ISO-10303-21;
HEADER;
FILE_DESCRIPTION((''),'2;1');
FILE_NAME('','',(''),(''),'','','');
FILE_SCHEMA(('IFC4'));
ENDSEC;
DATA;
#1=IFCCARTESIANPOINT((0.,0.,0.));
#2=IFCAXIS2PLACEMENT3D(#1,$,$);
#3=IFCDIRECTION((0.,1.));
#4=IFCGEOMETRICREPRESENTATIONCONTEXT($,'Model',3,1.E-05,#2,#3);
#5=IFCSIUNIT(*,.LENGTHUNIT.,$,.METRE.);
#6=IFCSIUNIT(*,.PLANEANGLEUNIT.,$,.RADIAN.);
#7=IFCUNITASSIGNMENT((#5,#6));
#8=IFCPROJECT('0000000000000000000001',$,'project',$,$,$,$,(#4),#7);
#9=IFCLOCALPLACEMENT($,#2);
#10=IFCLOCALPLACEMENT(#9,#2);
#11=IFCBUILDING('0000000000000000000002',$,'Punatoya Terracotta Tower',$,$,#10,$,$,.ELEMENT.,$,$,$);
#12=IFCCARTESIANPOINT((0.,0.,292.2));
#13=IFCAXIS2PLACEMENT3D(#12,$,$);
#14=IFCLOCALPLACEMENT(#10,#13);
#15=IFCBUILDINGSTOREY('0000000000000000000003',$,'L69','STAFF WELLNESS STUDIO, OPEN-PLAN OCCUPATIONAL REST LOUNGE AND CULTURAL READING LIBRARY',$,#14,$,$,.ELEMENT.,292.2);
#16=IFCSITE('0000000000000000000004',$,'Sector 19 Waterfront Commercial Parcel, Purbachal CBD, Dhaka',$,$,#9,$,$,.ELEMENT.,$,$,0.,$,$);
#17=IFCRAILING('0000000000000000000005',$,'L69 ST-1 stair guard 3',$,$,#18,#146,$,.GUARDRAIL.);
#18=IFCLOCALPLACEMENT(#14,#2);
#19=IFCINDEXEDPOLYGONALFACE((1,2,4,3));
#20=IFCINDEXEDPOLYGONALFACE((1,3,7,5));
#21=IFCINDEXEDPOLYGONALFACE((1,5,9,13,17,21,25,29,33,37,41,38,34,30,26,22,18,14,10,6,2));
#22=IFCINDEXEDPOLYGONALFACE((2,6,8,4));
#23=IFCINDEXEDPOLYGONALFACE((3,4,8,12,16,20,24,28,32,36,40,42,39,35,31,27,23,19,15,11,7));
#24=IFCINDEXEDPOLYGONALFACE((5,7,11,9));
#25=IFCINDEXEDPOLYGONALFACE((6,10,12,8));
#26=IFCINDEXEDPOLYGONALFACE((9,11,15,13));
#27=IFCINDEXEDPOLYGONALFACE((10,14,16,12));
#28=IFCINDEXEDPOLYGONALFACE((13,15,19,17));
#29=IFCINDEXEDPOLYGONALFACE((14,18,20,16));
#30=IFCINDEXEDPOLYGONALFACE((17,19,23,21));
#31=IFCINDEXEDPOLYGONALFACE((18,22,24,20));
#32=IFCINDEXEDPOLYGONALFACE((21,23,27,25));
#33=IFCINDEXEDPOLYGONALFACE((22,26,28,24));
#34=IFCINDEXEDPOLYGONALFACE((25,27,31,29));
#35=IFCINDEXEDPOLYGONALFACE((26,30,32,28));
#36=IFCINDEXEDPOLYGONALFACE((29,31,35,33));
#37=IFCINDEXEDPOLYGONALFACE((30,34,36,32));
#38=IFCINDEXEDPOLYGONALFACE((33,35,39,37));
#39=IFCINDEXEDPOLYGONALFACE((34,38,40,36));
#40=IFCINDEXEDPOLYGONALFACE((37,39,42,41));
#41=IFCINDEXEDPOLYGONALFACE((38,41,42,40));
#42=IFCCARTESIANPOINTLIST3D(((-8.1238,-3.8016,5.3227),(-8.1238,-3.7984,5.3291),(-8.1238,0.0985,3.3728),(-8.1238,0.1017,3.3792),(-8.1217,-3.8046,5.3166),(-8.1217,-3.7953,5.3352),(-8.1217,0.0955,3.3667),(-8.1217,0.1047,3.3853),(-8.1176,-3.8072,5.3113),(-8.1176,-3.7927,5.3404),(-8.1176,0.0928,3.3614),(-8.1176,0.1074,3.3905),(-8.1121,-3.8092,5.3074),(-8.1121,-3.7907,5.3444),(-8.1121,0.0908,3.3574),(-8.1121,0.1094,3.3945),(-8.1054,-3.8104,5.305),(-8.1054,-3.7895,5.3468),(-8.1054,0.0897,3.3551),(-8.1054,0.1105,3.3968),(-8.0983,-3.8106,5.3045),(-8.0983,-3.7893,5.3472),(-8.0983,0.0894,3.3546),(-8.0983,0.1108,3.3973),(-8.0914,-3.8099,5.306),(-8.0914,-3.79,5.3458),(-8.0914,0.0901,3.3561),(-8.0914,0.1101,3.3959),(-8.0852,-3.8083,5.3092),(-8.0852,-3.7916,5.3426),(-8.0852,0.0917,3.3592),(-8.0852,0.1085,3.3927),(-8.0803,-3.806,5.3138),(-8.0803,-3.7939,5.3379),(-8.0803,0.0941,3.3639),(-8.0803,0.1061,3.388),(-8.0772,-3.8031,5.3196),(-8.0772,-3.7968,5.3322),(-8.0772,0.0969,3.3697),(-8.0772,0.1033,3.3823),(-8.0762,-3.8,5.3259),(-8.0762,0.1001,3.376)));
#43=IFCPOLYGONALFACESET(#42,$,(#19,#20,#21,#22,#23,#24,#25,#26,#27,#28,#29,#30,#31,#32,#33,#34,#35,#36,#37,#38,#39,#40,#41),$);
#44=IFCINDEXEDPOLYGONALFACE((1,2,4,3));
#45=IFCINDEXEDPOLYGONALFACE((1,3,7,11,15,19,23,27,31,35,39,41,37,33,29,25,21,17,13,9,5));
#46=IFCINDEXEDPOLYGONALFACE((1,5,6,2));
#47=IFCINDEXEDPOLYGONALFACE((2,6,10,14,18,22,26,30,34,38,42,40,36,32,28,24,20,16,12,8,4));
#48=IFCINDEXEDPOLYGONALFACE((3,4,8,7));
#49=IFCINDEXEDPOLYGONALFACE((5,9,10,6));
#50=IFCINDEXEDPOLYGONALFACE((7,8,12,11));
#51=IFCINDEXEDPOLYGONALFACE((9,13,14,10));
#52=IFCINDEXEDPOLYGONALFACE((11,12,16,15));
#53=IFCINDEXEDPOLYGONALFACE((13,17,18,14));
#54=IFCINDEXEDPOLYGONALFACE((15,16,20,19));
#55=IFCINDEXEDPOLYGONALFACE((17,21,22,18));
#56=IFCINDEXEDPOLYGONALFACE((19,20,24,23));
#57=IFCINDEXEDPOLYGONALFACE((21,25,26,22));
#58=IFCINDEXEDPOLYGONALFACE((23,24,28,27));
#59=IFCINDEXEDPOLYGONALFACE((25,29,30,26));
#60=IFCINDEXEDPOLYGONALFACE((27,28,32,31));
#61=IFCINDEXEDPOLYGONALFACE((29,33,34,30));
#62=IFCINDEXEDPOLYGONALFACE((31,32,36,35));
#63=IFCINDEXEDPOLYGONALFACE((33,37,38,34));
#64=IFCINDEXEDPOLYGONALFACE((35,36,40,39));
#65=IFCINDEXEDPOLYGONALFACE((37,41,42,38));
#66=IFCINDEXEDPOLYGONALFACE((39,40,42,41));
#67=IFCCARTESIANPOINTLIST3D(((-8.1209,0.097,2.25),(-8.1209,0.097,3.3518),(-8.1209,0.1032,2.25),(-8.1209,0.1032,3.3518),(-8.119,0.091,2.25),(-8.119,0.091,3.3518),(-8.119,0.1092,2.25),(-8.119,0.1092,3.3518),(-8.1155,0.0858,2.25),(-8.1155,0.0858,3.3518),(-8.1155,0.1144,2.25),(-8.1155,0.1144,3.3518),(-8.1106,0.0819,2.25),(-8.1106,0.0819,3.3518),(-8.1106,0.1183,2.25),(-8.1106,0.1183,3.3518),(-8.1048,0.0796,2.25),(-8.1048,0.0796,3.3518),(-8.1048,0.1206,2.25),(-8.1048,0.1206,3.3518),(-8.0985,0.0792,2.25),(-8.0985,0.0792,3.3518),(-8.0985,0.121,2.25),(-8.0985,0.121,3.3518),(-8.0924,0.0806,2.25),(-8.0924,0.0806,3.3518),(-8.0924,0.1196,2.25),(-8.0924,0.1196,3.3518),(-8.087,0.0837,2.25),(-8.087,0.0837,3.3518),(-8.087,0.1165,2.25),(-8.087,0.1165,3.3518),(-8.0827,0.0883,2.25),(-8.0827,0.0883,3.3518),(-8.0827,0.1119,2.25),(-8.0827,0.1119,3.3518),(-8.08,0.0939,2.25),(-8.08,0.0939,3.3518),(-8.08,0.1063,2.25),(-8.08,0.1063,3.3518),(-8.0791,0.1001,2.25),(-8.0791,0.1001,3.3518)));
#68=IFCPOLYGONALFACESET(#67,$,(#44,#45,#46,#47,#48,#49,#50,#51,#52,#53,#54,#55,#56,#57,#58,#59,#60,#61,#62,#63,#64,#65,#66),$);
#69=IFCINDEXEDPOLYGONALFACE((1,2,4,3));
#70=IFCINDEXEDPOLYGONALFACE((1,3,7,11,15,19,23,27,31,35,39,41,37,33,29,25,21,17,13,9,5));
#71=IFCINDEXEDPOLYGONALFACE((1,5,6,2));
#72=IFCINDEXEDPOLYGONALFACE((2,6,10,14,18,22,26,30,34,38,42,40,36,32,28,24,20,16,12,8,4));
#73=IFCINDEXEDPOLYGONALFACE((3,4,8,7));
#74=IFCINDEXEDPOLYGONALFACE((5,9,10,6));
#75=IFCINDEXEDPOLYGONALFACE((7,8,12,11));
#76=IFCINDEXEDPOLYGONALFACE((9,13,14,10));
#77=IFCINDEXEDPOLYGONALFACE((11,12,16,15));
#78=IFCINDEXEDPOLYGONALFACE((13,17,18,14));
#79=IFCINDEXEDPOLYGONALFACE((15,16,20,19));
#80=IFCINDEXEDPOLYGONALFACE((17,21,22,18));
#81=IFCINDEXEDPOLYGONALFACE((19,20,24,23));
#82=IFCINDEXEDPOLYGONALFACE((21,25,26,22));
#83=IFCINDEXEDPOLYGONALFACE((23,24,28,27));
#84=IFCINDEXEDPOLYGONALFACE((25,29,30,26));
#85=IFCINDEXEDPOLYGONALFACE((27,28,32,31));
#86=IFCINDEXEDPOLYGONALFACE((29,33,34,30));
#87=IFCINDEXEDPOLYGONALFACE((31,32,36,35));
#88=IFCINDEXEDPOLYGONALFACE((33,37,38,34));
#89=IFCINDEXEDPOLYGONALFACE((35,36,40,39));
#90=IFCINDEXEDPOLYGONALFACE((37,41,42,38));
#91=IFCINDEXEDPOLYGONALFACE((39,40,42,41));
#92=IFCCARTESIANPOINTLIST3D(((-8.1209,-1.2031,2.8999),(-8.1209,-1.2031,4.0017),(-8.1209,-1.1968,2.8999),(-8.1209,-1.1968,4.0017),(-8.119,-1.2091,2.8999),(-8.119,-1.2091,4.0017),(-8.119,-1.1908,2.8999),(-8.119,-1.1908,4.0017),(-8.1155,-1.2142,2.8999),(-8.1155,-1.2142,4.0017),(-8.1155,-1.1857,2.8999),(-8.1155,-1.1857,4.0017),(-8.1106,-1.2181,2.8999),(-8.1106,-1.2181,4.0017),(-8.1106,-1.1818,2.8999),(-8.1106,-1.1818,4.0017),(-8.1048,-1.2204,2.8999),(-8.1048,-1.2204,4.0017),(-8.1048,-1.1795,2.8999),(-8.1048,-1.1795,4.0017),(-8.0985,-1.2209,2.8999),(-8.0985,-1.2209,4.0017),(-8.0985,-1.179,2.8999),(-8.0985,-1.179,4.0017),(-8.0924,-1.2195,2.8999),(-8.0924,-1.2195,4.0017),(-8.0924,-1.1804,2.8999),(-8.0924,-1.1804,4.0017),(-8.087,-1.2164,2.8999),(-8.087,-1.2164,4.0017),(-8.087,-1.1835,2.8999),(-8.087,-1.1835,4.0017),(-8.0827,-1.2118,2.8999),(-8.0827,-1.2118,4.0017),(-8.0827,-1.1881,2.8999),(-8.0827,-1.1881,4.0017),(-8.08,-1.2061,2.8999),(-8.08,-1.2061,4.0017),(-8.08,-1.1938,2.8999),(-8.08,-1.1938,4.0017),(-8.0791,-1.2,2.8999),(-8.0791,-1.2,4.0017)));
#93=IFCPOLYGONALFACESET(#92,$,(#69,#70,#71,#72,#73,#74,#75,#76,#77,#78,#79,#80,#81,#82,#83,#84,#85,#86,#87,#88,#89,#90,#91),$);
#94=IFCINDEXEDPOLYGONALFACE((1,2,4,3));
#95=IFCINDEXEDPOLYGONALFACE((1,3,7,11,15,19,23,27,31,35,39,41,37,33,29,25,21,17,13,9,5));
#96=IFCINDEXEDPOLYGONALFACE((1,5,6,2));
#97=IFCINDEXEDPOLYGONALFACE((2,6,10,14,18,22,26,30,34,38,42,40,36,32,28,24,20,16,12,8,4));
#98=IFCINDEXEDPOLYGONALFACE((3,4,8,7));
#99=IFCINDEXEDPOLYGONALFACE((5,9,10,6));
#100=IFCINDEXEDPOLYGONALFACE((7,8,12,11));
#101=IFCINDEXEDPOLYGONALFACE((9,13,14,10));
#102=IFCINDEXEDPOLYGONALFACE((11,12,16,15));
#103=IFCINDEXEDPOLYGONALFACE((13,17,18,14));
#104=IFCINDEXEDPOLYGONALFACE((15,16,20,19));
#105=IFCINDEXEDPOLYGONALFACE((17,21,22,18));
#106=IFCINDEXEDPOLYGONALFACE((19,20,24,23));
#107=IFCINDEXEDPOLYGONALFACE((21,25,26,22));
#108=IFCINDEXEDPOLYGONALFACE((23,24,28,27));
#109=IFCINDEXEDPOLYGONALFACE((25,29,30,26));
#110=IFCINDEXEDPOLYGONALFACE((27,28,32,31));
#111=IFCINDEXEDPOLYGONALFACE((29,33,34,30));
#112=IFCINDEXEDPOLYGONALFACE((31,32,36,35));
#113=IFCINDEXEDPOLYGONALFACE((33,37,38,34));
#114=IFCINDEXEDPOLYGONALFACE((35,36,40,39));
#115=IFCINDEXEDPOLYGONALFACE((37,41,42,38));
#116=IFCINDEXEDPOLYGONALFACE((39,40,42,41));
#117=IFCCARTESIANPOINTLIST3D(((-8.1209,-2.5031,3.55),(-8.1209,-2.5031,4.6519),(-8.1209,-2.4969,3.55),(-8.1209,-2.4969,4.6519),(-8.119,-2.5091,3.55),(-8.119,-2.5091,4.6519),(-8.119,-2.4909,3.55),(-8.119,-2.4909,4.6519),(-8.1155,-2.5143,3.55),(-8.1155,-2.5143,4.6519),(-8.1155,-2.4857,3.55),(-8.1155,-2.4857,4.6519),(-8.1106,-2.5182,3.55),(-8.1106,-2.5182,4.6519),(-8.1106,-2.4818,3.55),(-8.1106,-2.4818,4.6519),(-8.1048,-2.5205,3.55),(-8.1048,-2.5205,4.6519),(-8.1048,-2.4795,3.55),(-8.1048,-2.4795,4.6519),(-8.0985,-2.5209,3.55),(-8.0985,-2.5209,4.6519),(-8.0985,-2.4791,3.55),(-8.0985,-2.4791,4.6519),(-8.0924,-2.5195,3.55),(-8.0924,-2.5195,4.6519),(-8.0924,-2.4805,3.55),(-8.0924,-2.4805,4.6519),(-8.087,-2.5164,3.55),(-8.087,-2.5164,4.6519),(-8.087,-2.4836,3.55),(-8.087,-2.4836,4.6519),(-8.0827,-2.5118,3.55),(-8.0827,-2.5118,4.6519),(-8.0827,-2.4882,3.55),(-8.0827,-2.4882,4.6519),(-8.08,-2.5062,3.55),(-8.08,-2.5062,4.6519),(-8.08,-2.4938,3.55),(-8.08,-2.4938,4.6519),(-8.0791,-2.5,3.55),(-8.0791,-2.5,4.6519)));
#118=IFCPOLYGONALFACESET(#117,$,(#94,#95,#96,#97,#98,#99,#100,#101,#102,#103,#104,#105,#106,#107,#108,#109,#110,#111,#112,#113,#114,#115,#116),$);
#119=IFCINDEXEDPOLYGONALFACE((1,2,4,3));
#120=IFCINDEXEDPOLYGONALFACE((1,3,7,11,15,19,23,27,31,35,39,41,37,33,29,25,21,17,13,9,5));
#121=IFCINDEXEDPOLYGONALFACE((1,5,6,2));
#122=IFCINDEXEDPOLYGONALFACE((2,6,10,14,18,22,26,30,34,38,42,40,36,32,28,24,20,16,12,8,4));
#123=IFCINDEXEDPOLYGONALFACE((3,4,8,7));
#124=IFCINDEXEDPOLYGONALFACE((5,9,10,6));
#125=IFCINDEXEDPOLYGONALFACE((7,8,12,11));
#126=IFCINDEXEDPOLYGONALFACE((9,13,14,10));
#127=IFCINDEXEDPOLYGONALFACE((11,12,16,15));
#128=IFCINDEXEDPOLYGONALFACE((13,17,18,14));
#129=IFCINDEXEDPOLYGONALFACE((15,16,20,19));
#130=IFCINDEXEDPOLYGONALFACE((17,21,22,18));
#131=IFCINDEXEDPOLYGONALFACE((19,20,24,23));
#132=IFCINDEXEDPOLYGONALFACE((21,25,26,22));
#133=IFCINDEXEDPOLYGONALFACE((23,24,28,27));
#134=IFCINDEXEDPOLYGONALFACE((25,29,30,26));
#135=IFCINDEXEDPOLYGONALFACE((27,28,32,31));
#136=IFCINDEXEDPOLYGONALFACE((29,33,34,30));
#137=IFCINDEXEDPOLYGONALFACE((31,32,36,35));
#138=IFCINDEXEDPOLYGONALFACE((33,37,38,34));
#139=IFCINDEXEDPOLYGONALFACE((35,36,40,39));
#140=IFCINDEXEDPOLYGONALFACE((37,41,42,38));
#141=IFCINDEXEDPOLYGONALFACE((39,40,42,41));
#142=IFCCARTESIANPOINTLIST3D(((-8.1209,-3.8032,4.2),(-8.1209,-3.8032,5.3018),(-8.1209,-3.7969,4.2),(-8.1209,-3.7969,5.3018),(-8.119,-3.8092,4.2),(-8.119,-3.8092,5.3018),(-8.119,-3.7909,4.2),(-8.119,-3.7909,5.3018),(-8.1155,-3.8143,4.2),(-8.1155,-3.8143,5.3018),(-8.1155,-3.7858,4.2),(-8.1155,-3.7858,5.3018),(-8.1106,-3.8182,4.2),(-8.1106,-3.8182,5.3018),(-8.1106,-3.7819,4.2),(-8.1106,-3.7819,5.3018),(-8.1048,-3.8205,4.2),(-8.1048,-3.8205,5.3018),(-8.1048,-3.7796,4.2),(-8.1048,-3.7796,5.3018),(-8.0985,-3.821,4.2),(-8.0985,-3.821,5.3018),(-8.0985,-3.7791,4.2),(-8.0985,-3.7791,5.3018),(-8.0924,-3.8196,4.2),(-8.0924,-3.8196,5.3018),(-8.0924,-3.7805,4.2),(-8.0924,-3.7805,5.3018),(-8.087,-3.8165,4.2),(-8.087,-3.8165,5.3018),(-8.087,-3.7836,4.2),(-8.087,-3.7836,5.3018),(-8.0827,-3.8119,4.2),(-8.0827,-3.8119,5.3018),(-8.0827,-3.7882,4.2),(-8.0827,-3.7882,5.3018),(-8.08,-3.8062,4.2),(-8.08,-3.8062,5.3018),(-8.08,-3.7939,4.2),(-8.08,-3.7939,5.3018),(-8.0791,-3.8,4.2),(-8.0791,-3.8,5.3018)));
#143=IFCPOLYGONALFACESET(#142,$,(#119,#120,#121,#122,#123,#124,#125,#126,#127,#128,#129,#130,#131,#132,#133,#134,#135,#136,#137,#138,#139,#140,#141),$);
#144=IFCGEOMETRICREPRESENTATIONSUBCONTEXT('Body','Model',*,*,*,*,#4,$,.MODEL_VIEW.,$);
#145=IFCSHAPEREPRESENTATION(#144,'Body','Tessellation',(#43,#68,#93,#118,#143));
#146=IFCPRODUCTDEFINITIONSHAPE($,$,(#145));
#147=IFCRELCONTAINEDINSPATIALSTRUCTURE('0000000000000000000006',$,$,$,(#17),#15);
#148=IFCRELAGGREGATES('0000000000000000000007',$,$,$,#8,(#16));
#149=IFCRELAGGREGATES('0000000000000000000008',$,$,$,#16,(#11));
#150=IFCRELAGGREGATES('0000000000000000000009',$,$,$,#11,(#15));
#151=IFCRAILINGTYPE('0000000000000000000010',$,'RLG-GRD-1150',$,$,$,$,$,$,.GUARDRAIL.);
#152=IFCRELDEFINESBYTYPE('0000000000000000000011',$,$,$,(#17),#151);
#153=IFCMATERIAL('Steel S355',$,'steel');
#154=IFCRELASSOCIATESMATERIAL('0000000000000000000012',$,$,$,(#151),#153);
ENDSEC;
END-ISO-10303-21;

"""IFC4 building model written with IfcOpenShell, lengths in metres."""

from ifc_helpers import new_model, si_unit, direction, frame, origin, origin_2d, place, context, subcontext, project, spatial, circle, extrude, material, type_object, element, save


model = new_model("IFC4")

# Units and contexts
model_context = context("Model", 3, precision=1e-05, world=origin(), true_north=direction((0.0, 1.0)))
body_context = subcontext(model_context, "Body", "Model", "MODEL_VIEW")
ifc_project = project(units=[si_unit("LENGTHUNIT", "METRE"), si_unit("PLANEANGLEUNIT", "RADIAN")], contexts=[model_context])

# Site, building, storey
site_placement = place(None, origin())
site = spatial("IfcSite", under=ifc_project, at=site_placement, Name="Sector 19 Waterfront Commercial Parcel, Purbachal CBD, Dhaka", CompositionType="ELEMENT", RefElevation=0.0)
building_placement = place(site_placement, origin())
building = spatial("IfcBuilding", under=site, at=building_placement, Name="Punatoya Terracotta Tower", CompositionType="ELEMENT")
storey_placement = place(building_placement, frame((0.0, 0.0, 292.2)))
storey = spatial("IfcBuildingStorey", under=building, at=storey_placement, Name="L69", Description="STAFF WELLNESS STUDIO, OPEN-PLAN OCCUPATIONAL REST LOUNGE AND CULTURAL READING LIBRARY", CompositionType="ELEMENT", Elevation=292.2)

# Shared definitions
ifc_material_1 = material(Name="Steel S355", Category="steel")

# Railing
railing_type_1 = type_object("IfcRailingType", Name="RLG-GRD-1150", PredefinedType="GUARDRAIL", material=ifc_material_1)
railing_1_placement = place(storey_placement, frame((-8.1001, 0.1001, 2.25)))
element("IfcRailing", 1, at=railing_1_placement, inside=storey, type_object=railing_type_1, Name="L69 ST-1 stair guard 3", PredefinedType="GUARDRAIL", context=body_context, shape_type="SweptSolid", body=[
    extrude(circle(Radius=0.0239, at=origin_2d()), frame((0.0, 0.0, 1.126), z_axis=(0.0, -0.894438, 0.447191), x_axis=(1.0, 0.0, 0.0)), (0.0, 0.0, 1.0), 4.3604),
    extrude(circle(Radius=0.021, at=origin_2d()), origin(), (0.0, 0.0, 1.0), 1.1018),
    extrude(circle(Radius=0.021, at=origin_2d()), frame((0.0, -1.3, 0.6499)), (0.0, 0.0, 1.0), 1.1018),
    extrude(circle(Radius=0.021, at=origin_2d()), frame((0.0, -2.6001, 1.3)), (0.0, 0.0, 1.0), 1.1018),
    extrude(circle(Radius=0.021, at=origin_2d()), frame((0.0, -3.9001, 1.95)), (0.0, 0.0, 1.0), 1.1018),
])

save(model, "model.ifc")
